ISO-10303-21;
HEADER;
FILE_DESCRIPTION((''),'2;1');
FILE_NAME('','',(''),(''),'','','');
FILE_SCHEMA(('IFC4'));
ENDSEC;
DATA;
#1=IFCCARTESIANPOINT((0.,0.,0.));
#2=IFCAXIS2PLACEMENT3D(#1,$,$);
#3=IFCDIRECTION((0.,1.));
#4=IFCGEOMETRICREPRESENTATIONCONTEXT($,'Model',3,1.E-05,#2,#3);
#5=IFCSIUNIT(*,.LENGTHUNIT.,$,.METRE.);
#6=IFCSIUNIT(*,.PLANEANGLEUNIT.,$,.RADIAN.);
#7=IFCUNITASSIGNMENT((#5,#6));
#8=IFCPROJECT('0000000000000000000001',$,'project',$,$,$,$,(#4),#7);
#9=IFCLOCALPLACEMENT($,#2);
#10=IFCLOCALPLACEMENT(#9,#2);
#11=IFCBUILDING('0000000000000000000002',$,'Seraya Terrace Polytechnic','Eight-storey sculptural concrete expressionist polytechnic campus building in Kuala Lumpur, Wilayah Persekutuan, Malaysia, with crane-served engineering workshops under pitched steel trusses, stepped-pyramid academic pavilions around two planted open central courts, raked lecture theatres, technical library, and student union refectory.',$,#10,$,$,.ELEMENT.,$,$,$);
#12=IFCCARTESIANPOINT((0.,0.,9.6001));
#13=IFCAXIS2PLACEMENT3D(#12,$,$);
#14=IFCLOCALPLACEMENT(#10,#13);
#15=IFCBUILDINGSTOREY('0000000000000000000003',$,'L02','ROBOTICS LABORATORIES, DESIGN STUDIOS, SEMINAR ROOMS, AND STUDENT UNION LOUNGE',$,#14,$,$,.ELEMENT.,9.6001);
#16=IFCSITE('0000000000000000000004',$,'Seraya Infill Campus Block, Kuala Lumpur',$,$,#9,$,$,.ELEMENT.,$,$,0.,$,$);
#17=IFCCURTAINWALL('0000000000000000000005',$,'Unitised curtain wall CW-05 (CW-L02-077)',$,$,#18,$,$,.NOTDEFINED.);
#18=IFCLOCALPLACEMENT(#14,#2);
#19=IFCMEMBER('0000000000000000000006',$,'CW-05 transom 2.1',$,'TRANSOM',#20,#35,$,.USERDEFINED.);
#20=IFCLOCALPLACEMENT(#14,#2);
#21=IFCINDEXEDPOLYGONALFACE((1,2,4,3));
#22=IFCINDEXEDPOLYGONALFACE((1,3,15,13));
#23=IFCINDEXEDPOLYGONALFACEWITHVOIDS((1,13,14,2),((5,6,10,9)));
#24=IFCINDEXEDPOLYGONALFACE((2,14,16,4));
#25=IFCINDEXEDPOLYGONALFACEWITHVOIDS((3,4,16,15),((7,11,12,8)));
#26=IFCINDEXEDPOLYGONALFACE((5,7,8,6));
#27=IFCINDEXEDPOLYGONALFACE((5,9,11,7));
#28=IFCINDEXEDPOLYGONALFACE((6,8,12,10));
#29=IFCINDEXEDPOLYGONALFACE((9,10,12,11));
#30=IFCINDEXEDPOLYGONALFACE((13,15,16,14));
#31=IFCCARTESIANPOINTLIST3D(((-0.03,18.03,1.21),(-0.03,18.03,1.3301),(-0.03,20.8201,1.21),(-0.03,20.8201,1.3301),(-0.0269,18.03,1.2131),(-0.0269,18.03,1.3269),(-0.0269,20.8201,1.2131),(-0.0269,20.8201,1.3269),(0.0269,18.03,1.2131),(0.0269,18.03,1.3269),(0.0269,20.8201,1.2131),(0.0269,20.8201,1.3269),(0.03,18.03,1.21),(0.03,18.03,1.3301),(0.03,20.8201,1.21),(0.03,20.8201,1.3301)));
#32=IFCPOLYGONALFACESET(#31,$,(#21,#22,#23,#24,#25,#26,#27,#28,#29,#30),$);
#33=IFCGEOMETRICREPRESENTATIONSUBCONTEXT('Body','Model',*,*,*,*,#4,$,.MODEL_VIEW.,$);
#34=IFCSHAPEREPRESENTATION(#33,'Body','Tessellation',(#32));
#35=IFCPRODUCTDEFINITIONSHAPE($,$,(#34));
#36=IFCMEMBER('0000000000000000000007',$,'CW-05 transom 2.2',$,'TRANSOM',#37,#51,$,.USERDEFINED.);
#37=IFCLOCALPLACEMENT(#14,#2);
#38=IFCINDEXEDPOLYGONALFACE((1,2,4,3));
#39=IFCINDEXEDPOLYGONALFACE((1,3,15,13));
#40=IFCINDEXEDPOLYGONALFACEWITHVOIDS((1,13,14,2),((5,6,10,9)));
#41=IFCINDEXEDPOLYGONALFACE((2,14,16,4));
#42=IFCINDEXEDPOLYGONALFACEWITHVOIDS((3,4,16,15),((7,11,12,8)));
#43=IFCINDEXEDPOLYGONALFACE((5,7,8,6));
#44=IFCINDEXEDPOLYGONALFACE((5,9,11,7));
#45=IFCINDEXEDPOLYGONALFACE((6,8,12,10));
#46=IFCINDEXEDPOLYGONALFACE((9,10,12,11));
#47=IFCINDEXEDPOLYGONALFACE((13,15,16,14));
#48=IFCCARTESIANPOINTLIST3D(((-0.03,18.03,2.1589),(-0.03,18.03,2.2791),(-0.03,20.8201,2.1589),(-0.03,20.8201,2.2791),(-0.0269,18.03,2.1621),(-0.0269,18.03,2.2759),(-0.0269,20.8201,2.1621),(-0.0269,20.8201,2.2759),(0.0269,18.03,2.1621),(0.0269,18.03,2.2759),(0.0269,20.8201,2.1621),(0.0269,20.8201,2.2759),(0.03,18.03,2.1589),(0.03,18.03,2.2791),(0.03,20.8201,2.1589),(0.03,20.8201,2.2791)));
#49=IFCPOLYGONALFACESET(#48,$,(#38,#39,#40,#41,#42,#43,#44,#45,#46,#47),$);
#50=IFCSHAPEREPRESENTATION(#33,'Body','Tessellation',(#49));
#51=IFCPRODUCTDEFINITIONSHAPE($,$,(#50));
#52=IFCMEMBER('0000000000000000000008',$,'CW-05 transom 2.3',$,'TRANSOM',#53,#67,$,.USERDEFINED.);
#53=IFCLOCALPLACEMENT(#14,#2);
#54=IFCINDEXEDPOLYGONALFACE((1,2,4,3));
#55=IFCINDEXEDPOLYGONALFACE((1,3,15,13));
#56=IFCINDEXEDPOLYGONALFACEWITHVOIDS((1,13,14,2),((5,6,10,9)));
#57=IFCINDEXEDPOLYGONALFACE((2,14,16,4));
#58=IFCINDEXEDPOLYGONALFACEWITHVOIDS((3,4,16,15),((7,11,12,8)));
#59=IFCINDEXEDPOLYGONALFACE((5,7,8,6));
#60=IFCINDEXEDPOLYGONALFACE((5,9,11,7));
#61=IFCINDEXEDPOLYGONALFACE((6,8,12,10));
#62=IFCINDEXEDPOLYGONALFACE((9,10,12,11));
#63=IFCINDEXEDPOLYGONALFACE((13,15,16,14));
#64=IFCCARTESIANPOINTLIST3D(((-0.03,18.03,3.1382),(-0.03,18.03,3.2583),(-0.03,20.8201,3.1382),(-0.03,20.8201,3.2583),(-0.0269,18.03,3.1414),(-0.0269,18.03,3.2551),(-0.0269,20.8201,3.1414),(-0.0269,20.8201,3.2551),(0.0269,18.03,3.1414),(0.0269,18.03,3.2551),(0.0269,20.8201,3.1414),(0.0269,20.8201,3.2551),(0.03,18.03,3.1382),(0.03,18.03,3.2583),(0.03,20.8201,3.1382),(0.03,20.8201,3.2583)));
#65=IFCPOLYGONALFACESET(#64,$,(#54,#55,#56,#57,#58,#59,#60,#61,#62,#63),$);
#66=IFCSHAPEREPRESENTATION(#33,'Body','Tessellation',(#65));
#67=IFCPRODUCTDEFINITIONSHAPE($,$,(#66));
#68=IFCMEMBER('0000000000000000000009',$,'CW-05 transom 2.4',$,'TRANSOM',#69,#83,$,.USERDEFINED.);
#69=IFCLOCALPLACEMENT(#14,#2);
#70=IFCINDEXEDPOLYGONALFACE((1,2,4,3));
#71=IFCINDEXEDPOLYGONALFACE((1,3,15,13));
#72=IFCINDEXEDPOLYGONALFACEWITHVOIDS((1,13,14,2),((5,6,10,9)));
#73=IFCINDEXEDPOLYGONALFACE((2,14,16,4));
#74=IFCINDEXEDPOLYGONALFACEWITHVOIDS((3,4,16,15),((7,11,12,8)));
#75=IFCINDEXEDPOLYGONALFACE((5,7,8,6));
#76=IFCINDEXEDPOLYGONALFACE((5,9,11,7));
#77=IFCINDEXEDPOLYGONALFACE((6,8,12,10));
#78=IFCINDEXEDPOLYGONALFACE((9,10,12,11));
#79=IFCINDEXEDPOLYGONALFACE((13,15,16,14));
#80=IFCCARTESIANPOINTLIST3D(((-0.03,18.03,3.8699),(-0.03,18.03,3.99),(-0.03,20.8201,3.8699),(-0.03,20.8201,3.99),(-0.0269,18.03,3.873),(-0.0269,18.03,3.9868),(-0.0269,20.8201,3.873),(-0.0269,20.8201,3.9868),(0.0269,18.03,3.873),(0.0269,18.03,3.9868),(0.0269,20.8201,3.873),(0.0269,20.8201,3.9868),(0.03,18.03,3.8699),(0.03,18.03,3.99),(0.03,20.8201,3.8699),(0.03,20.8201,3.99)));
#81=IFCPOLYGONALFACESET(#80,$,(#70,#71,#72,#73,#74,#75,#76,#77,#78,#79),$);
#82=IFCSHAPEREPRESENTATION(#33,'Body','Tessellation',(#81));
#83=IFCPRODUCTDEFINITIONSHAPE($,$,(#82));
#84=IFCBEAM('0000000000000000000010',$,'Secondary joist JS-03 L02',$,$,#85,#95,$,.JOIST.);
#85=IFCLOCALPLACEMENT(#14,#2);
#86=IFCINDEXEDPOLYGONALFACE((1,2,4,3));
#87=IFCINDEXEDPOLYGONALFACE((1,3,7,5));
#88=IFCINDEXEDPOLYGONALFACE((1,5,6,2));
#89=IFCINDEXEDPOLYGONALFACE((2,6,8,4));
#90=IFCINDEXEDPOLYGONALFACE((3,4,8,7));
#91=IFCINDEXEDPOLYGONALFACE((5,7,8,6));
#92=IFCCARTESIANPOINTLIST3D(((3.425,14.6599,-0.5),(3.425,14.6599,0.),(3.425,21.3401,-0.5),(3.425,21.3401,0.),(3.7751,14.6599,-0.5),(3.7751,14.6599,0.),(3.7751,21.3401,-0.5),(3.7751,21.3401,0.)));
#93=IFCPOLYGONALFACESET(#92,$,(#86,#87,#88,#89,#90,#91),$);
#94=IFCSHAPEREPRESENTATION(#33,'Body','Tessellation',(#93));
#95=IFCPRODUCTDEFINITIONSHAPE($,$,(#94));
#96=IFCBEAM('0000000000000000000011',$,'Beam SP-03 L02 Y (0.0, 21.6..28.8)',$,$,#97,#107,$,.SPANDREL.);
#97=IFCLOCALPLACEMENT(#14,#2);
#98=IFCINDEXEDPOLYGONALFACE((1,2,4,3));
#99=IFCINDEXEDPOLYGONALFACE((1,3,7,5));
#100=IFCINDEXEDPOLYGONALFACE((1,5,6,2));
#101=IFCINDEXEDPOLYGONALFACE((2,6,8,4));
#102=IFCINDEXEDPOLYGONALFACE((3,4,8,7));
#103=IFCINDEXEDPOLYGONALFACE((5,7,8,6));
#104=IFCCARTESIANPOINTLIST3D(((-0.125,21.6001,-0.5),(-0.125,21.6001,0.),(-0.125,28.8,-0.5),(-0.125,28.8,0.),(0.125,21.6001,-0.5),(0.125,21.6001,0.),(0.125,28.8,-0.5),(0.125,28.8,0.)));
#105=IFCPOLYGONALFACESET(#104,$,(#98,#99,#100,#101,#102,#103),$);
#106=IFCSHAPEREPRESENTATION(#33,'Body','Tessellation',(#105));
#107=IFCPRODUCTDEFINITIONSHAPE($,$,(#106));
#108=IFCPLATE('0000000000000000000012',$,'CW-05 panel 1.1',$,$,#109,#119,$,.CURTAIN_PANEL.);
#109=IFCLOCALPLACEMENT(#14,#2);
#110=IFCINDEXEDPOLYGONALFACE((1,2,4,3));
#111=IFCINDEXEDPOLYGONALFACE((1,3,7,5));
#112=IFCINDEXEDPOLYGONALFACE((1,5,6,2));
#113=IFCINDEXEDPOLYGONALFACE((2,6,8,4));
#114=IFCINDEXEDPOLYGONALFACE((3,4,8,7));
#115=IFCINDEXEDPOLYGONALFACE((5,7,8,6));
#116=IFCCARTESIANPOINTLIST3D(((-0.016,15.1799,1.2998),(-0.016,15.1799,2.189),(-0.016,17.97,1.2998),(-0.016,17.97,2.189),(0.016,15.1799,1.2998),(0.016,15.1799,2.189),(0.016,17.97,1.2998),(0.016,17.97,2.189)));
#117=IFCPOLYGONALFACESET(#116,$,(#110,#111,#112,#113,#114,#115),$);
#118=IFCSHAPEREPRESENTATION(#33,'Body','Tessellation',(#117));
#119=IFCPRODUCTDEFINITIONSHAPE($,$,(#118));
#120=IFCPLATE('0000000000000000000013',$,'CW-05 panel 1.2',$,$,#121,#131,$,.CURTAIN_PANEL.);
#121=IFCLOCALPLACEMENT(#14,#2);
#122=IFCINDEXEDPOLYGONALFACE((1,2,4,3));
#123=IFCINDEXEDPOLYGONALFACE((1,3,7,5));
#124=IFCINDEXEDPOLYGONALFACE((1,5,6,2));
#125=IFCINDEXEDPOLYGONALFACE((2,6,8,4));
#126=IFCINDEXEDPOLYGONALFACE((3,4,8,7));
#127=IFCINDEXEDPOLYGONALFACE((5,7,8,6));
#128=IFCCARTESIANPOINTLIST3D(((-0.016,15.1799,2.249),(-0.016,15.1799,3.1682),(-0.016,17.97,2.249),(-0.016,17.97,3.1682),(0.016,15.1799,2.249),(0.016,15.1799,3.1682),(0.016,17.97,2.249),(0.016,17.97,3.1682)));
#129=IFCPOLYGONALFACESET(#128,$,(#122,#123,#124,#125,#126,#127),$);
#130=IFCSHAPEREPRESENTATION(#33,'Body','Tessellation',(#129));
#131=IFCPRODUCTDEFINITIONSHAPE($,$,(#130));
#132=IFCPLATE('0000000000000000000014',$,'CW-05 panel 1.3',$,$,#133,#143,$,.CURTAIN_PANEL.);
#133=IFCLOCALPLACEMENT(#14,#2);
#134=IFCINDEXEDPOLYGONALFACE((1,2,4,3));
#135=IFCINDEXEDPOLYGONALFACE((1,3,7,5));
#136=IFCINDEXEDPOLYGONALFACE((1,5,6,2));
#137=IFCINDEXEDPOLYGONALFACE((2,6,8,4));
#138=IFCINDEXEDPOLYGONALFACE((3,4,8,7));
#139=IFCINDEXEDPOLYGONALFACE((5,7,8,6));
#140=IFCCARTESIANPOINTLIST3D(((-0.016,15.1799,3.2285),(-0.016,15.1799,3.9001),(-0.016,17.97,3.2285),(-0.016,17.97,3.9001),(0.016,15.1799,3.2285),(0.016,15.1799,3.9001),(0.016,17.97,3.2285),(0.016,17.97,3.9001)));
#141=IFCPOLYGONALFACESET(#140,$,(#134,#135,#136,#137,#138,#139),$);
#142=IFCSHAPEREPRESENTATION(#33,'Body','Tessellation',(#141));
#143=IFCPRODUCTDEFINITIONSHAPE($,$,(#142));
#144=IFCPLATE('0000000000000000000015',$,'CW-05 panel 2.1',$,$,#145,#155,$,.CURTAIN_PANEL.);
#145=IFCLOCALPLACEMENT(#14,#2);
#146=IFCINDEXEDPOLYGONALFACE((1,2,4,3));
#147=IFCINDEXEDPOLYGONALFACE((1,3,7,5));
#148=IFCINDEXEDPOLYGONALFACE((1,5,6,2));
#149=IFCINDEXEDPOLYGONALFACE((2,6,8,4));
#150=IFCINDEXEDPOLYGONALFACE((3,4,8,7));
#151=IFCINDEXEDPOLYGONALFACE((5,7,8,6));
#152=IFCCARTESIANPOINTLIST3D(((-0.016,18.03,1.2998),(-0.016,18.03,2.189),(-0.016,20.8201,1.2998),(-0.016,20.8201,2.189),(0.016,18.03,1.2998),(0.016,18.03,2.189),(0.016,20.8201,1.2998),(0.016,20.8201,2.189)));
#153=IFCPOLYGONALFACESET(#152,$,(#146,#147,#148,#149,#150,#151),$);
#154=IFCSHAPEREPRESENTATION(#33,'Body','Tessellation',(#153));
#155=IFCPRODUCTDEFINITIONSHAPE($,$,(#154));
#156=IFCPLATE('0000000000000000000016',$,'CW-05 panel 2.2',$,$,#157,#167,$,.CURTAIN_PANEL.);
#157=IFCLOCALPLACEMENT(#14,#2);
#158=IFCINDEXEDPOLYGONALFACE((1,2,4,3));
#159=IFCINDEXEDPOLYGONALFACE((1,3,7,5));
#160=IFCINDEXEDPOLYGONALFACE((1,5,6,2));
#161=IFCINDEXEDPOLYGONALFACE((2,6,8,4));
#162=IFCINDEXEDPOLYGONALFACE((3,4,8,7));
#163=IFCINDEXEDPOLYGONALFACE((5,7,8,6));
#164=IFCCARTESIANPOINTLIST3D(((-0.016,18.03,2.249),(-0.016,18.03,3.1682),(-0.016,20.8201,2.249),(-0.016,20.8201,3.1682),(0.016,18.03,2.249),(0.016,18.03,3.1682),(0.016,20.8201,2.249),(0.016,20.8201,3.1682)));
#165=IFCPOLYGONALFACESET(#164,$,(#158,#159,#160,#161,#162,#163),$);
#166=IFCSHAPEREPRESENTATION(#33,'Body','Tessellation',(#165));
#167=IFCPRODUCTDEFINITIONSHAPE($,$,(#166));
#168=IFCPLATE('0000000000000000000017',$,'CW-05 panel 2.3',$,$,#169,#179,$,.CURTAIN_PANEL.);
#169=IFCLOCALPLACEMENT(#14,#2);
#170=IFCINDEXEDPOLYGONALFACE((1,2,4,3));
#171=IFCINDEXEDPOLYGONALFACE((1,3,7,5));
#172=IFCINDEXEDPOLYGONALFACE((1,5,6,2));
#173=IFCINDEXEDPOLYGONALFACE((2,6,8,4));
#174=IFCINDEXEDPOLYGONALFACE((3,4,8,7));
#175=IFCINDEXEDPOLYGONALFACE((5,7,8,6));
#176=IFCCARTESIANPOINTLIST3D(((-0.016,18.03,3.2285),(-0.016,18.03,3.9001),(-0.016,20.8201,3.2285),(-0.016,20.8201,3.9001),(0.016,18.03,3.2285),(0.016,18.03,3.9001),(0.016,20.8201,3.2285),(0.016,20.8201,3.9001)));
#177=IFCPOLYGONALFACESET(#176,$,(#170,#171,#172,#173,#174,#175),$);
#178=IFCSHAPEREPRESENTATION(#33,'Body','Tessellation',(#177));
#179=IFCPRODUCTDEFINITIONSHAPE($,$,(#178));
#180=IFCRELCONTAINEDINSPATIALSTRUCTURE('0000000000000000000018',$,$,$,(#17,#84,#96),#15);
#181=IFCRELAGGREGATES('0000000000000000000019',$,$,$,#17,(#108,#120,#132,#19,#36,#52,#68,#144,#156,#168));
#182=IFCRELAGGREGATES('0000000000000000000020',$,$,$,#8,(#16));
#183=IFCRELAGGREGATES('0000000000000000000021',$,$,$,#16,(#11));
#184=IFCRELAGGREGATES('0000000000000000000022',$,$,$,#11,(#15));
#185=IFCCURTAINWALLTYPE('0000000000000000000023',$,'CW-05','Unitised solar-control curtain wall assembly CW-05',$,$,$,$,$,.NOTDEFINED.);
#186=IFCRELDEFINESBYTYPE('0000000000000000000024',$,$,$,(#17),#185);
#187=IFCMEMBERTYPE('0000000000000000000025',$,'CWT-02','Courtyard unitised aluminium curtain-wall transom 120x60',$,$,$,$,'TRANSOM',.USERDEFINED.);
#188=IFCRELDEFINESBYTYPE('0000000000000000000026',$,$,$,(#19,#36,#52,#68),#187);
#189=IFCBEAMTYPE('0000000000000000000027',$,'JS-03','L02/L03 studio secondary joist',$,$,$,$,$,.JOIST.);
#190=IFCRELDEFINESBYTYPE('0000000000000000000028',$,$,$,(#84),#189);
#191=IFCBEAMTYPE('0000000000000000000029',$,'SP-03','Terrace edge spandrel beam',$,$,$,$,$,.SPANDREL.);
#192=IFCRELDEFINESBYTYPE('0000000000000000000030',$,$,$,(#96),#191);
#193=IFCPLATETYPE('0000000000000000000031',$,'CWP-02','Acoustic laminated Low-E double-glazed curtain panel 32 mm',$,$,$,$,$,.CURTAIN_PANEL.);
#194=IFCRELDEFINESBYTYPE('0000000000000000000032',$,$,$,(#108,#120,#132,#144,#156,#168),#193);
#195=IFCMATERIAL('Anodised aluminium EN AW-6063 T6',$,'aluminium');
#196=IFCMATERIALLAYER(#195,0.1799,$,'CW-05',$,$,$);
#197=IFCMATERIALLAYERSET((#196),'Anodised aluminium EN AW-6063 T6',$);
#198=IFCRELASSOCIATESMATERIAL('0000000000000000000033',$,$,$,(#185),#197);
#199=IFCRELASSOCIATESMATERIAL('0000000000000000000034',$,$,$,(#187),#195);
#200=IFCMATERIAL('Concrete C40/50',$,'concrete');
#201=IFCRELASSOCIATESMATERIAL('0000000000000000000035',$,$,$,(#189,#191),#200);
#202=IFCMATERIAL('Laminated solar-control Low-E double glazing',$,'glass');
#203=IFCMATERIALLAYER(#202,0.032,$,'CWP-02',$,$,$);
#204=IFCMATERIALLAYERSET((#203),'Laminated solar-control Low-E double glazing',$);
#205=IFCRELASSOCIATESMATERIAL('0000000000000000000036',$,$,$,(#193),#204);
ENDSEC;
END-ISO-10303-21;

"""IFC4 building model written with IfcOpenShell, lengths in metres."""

from ifc_helpers import new_model, si_unit, direction, frame, origin, origin_2d, place, context, subcontext, project, spatial, rectangle, hollow_rectangle, extrude, material, layer, layer_set, material_profile, profile_set, type_object, element, aggregate, save


model = new_model("IFC4")

# Units and contexts
model_context = context("Model", 3, precision=1e-05, world=origin(), true_north=direction((0.0, 1.0)))
body_context = subcontext(model_context, "Body", "Model", "MODEL_VIEW")
ifc_project = project(units=[si_unit("LENGTHUNIT", "METRE"), si_unit("PLANEANGLEUNIT", "RADIAN")], contexts=[model_context])

# Site, building, storey
site_placement = place(None, origin())
site = spatial("IfcSite", under=ifc_project, at=site_placement, Name="Seraya Infill Campus Block, Kuala Lumpur", CompositionType="ELEMENT", RefElevation=0.0)
building_placement = place(site_placement, origin())
building = spatial("IfcBuilding", under=site, at=building_placement, Name="Seraya Terrace Polytechnic", Description="Eight-storey sculptural concrete expressionist polytechnic campus building in Kuala Lumpur, Wilayah Persekutuan, Malaysia, with crane-served engineering workshops under pitched steel trusses, stepped-pyramid academic pavilions around two planted open central courts, raked lecture theatres, technical library, and student union refectory.", CompositionType="ELEMENT")
storey_placement = place(building_placement, frame((0.0, 0.0, 9.6001)))
storey = spatial("IfcBuildingStorey", under=building, at=storey_placement, Name="L02", Description="ROBOTICS LABORATORIES, DESIGN STUDIOS, SEMINAR ROOMS, AND STUDENT UNION LOUNGE", CompositionType="ELEMENT", Elevation=9.6001)

# Shared definitions
ifc_material_1 = material(Name="Concrete C40/50", Category="concrete")

# Curtain wall, members
ifc_material_2 = material(Name="Anodised aluminium EN AW-6063 T6", Category="aluminium")
ifc_layer_1 = layer(ifc_material_2, 0.1799, Name="CW-05")
ifc_layer_set_1 = layer_set([ifc_layer_1], Name="Anodised aluminium EN AW-6063 T6")
curtain_wall_type = type_object("IfcCurtainWallType", Name="CW-05", Description="Unitised solar-control curtain wall assembly CW-05", PredefinedType="NOTDEFINED", material=ifc_layer_set_1)
curtain_wall_placement = place(storey_placement, origin())
curtain_wall = element("IfcCurtainWall", 1, at=curtain_wall_placement, inside=storey, type_object=curtain_wall_type, Name="Unitised curtain wall CW-05 (CW-L02-077)", PredefinedType="NOTDEFINED")
ifc_material_profile_1 = material_profile(ifc_material_2, hollow_rectangle(XDim=0.0601, YDim=0.1201, WallThickness=0.0032, at=origin_2d()), Name="RHS 120x60x3.2")
ifc_profile_set_1 = profile_set([ifc_material_profile_1], Name="Anodised aluminium EN AW-6063 T6")
member_type_1 = type_object("IfcMemberType", Name="CWT-02", Description="Courtyard unitised aluminium curtain-wall transom 120x60", ElementType="TRANSOM", PredefinedType="USERDEFINED", material=ifc_profile_set_1)
member_1_placement = place(storey_placement, frame((0.0, 18.03, 1.27), z_axis=(0.0, 1.0, 0.0), x_axis=(-1.0, 0.0, 0.0)))
member_1 = element("IfcMember", 2, at=member_1_placement, type_object=member_type_1, Name="CW-05 transom 2.1", ObjectType="TRANSOM", PredefinedType="USERDEFINED", context=body_context, shape_type="SweptSolid", body=[
    extrude(hollow_rectangle(XDim=0.0601, YDim=0.1201, WallThickness=0.0032, at=origin_2d()), origin(), (0.0, 0.0, 1.0), 2.79),
])
member_2_placement = place(storey_placement, frame((0.0, 18.03, 2.219), z_axis=(0.0, 1.0, 0.0), x_axis=(-1.0, 0.0, 0.0)))
member_2 = element("IfcMember", 3, at=member_2_placement, type_object=member_type_1, Name="CW-05 transom 2.2", ObjectType="TRANSOM", PredefinedType="USERDEFINED", context=body_context, shape_type="SweptSolid", body=[
    extrude(hollow_rectangle(XDim=0.0601, YDim=0.1201, WallThickness=0.0032, at=origin_2d()), origin(), (0.0, 0.0, 1.0), 2.79),
])
member_3_placement = place(storey_placement, frame((0.0, 18.03, 3.1982), z_axis=(0.0, 1.0, 0.0), x_axis=(-1.0, 0.0, 0.0)))
member_3 = element("IfcMember", 4, at=member_3_placement, type_object=member_type_1, Name="CW-05 transom 2.3", ObjectType="TRANSOM", PredefinedType="USERDEFINED", context=body_context, shape_type="SweptSolid", body=[
    extrude(hollow_rectangle(XDim=0.0601, YDim=0.1201, WallThickness=0.0032, at=origin_2d()), origin(), (0.0, 0.0, 1.0), 2.79),
])
member_4_placement = place(storey_placement, frame((0.0, 18.03, 3.9299), z_axis=(0.0, 1.0, 0.0), x_axis=(-1.0, 0.0, 0.0)))
member_4 = element("IfcMember", 5, at=member_4_placement, type_object=member_type_1, Name="CW-05 transom 2.4", ObjectType="TRANSOM", PredefinedType="USERDEFINED", context=body_context, shape_type="SweptSolid", body=[
    extrude(hollow_rectangle(XDim=0.0601, YDim=0.1201, WallThickness=0.0032, at=origin_2d()), origin(), (0.0, 0.0, 1.0), 2.79),
])

# Beams
ifc_material_profile_2 = material_profile(ifc_material_1, rectangle(XDim=0.3501, YDim=0.5, at=origin_2d()), Name="RC 350x500")
ifc_profile_set_2 = profile_set([ifc_material_profile_2], Name="Concrete C40/50")
beam_type_1 = type_object("IfcBeamType", Name="JS-03", Description="L02/L03 studio secondary joist", PredefinedType="JOIST", material=ifc_profile_set_2)
beam_1_placement = place(storey_placement, frame((3.6001, 14.6599, -0.25), z_axis=(0.0, 1.0, 0.0), x_axis=(-1.0, 0.0, 0.0)))
element("IfcBeam", 6, at=beam_1_placement, inside=storey, type_object=beam_type_1, Name="Secondary joist JS-03 L02", PredefinedType="JOIST", context=body_context, shape_type="SweptSolid", body=[
    extrude(rectangle(XDim=0.3501, YDim=0.5, at=origin_2d()), origin(), (0.0, 0.0, 1.0), 6.6802),
])
ifc_material_profile_3 = material_profile(ifc_material_1, rectangle(XDim=0.25, YDim=0.5, at=origin_2d()), Name="RC 250x500")
ifc_profile_set_3 = profile_set([ifc_material_profile_3], Name="Concrete C40/50")
beam_type_2 = type_object("IfcBeamType", Name="SP-03", Description="Terrace edge spandrel beam", PredefinedType="SPANDREL", material=ifc_profile_set_3)
beam_2_placement = place(storey_placement, frame((0.0, 21.6001, -0.25), z_axis=(0.0, 1.0, 0.0), x_axis=(-1.0, 0.0, 0.0)))
element("IfcBeam", 7, at=beam_2_placement, inside=storey, type_object=beam_type_2, Name="Beam SP-03 L02 Y (0.0, 21.6..28.8)", PredefinedType="SPANDREL", context=body_context, shape_type="SweptSolid", body=[
    extrude(rectangle(XDim=0.25, YDim=0.5, at=origin_2d()), origin(), (0.0, 0.0, 1.0), 7.2),
])

# Plates
ifc_material_3 = material(Name="Laminated solar-control Low-E double glazing", Category="glass")
ifc_layer_2 = layer(ifc_material_3, 0.032, Name="CWP-02")
ifc_layer_set_2 = layer_set([ifc_layer_2], Name="Laminated solar-control Low-E double glazing")
plate_type = type_object("IfcPlateType", Name="CWP-02", Description="Acoustic laminated Low-E double-glazed curtain panel 32 mm", PredefinedType="CURTAIN_PANEL", material=ifc_layer_set_2)
plate_1_placement = place(storey_placement, frame((0.0, 16.575, 1.2998), z_axis=(0.0, 0.0, 1.0), x_axis=(0.0, 1.0, 0.0)))
plate_1 = element("IfcPlate", 8, at=plate_1_placement, type_object=plate_type, Name="CW-05 panel 1.1", PredefinedType="CURTAIN_PANEL", context=body_context, shape_type="SweptSolid", body=[
    extrude(rectangle(XDim=2.79, YDim=0.032, at=origin_2d()), origin(), (0.0, 0.0, 1.0), 0.8892),
])
plate_2_placement = place(storey_placement, frame((0.0, 16.575, 2.249), z_axis=(0.0, 0.0, 1.0), x_axis=(0.0, 1.0, 0.0)))
plate_2 = element("IfcPlate", 9, at=plate_2_placement, type_object=plate_type, Name="CW-05 panel 1.2", PredefinedType="CURTAIN_PANEL", context=body_context, shape_type="SweptSolid", body=[
    extrude(rectangle(XDim=2.79, YDim=0.032, at=origin_2d()), origin(), (0.0, 0.0, 1.0), 0.9192),
])
plate_3_placement = place(storey_placement, frame((0.0, 16.575, 3.2285), z_axis=(0.0, 0.0, 1.0), x_axis=(0.0, 1.0, 0.0)))
plate_3 = element("IfcPlate", 10, at=plate_3_placement, type_object=plate_type, Name="CW-05 panel 1.3", PredefinedType="CURTAIN_PANEL", context=body_context, shape_type="SweptSolid", body=[
    extrude(rectangle(XDim=2.79, YDim=0.032, at=origin_2d()), origin(), (0.0, 0.0, 1.0), 0.6716),
])
plate_4_placement = place(storey_placement, frame((0.0, 19.425, 1.2998), z_axis=(0.0, 0.0, 1.0), x_axis=(0.0, 1.0, 0.0)))
plate_4 = element("IfcPlate", 11, at=plate_4_placement, type_object=plate_type, Name="CW-05 panel 2.1", PredefinedType="CURTAIN_PANEL", context=body_context, shape_type="SweptSolid", body=[
    extrude(rectangle(XDim=2.79, YDim=0.032, at=origin_2d()), origin(), (0.0, 0.0, 1.0), 0.8892),
])
plate_5_placement = place(storey_placement, frame((0.0, 19.425, 2.249), z_axis=(0.0, 0.0, 1.0), x_axis=(0.0, 1.0, 0.0)))
plate_5 = element("IfcPlate", 12, at=plate_5_placement, type_object=plate_type, Name="CW-05 panel 2.2", PredefinedType="CURTAIN_PANEL", context=body_context, shape_type="SweptSolid", body=[
    extrude(rectangle(XDim=2.79, YDim=0.032, at=origin_2d()), origin(), (0.0, 0.0, 1.0), 0.9192),
])
plate_6_placement = place(storey_placement, frame((0.0, 19.425, 3.2285), z_axis=(0.0, 0.0, 1.0), x_axis=(0.0, 1.0, 0.0)))
plate_6 = element("IfcPlate", 13, at=plate_6_placement, type_object=plate_type, Name="CW-05 panel 2.3", PredefinedType="CURTAIN_PANEL", context=body_context, shape_type="SweptSolid", body=[
    extrude(rectangle(XDim=2.79, YDim=0.032, at=origin_2d()), origin(), (0.0, 0.0, 1.0), 0.6716),
])
aggregate(curtain_wall, [plate_1, plate_2, plate_3, member_1, member_2, member_3, member_4, plate_4, plate_5, plate_6])

save(model, "model.ifc")
